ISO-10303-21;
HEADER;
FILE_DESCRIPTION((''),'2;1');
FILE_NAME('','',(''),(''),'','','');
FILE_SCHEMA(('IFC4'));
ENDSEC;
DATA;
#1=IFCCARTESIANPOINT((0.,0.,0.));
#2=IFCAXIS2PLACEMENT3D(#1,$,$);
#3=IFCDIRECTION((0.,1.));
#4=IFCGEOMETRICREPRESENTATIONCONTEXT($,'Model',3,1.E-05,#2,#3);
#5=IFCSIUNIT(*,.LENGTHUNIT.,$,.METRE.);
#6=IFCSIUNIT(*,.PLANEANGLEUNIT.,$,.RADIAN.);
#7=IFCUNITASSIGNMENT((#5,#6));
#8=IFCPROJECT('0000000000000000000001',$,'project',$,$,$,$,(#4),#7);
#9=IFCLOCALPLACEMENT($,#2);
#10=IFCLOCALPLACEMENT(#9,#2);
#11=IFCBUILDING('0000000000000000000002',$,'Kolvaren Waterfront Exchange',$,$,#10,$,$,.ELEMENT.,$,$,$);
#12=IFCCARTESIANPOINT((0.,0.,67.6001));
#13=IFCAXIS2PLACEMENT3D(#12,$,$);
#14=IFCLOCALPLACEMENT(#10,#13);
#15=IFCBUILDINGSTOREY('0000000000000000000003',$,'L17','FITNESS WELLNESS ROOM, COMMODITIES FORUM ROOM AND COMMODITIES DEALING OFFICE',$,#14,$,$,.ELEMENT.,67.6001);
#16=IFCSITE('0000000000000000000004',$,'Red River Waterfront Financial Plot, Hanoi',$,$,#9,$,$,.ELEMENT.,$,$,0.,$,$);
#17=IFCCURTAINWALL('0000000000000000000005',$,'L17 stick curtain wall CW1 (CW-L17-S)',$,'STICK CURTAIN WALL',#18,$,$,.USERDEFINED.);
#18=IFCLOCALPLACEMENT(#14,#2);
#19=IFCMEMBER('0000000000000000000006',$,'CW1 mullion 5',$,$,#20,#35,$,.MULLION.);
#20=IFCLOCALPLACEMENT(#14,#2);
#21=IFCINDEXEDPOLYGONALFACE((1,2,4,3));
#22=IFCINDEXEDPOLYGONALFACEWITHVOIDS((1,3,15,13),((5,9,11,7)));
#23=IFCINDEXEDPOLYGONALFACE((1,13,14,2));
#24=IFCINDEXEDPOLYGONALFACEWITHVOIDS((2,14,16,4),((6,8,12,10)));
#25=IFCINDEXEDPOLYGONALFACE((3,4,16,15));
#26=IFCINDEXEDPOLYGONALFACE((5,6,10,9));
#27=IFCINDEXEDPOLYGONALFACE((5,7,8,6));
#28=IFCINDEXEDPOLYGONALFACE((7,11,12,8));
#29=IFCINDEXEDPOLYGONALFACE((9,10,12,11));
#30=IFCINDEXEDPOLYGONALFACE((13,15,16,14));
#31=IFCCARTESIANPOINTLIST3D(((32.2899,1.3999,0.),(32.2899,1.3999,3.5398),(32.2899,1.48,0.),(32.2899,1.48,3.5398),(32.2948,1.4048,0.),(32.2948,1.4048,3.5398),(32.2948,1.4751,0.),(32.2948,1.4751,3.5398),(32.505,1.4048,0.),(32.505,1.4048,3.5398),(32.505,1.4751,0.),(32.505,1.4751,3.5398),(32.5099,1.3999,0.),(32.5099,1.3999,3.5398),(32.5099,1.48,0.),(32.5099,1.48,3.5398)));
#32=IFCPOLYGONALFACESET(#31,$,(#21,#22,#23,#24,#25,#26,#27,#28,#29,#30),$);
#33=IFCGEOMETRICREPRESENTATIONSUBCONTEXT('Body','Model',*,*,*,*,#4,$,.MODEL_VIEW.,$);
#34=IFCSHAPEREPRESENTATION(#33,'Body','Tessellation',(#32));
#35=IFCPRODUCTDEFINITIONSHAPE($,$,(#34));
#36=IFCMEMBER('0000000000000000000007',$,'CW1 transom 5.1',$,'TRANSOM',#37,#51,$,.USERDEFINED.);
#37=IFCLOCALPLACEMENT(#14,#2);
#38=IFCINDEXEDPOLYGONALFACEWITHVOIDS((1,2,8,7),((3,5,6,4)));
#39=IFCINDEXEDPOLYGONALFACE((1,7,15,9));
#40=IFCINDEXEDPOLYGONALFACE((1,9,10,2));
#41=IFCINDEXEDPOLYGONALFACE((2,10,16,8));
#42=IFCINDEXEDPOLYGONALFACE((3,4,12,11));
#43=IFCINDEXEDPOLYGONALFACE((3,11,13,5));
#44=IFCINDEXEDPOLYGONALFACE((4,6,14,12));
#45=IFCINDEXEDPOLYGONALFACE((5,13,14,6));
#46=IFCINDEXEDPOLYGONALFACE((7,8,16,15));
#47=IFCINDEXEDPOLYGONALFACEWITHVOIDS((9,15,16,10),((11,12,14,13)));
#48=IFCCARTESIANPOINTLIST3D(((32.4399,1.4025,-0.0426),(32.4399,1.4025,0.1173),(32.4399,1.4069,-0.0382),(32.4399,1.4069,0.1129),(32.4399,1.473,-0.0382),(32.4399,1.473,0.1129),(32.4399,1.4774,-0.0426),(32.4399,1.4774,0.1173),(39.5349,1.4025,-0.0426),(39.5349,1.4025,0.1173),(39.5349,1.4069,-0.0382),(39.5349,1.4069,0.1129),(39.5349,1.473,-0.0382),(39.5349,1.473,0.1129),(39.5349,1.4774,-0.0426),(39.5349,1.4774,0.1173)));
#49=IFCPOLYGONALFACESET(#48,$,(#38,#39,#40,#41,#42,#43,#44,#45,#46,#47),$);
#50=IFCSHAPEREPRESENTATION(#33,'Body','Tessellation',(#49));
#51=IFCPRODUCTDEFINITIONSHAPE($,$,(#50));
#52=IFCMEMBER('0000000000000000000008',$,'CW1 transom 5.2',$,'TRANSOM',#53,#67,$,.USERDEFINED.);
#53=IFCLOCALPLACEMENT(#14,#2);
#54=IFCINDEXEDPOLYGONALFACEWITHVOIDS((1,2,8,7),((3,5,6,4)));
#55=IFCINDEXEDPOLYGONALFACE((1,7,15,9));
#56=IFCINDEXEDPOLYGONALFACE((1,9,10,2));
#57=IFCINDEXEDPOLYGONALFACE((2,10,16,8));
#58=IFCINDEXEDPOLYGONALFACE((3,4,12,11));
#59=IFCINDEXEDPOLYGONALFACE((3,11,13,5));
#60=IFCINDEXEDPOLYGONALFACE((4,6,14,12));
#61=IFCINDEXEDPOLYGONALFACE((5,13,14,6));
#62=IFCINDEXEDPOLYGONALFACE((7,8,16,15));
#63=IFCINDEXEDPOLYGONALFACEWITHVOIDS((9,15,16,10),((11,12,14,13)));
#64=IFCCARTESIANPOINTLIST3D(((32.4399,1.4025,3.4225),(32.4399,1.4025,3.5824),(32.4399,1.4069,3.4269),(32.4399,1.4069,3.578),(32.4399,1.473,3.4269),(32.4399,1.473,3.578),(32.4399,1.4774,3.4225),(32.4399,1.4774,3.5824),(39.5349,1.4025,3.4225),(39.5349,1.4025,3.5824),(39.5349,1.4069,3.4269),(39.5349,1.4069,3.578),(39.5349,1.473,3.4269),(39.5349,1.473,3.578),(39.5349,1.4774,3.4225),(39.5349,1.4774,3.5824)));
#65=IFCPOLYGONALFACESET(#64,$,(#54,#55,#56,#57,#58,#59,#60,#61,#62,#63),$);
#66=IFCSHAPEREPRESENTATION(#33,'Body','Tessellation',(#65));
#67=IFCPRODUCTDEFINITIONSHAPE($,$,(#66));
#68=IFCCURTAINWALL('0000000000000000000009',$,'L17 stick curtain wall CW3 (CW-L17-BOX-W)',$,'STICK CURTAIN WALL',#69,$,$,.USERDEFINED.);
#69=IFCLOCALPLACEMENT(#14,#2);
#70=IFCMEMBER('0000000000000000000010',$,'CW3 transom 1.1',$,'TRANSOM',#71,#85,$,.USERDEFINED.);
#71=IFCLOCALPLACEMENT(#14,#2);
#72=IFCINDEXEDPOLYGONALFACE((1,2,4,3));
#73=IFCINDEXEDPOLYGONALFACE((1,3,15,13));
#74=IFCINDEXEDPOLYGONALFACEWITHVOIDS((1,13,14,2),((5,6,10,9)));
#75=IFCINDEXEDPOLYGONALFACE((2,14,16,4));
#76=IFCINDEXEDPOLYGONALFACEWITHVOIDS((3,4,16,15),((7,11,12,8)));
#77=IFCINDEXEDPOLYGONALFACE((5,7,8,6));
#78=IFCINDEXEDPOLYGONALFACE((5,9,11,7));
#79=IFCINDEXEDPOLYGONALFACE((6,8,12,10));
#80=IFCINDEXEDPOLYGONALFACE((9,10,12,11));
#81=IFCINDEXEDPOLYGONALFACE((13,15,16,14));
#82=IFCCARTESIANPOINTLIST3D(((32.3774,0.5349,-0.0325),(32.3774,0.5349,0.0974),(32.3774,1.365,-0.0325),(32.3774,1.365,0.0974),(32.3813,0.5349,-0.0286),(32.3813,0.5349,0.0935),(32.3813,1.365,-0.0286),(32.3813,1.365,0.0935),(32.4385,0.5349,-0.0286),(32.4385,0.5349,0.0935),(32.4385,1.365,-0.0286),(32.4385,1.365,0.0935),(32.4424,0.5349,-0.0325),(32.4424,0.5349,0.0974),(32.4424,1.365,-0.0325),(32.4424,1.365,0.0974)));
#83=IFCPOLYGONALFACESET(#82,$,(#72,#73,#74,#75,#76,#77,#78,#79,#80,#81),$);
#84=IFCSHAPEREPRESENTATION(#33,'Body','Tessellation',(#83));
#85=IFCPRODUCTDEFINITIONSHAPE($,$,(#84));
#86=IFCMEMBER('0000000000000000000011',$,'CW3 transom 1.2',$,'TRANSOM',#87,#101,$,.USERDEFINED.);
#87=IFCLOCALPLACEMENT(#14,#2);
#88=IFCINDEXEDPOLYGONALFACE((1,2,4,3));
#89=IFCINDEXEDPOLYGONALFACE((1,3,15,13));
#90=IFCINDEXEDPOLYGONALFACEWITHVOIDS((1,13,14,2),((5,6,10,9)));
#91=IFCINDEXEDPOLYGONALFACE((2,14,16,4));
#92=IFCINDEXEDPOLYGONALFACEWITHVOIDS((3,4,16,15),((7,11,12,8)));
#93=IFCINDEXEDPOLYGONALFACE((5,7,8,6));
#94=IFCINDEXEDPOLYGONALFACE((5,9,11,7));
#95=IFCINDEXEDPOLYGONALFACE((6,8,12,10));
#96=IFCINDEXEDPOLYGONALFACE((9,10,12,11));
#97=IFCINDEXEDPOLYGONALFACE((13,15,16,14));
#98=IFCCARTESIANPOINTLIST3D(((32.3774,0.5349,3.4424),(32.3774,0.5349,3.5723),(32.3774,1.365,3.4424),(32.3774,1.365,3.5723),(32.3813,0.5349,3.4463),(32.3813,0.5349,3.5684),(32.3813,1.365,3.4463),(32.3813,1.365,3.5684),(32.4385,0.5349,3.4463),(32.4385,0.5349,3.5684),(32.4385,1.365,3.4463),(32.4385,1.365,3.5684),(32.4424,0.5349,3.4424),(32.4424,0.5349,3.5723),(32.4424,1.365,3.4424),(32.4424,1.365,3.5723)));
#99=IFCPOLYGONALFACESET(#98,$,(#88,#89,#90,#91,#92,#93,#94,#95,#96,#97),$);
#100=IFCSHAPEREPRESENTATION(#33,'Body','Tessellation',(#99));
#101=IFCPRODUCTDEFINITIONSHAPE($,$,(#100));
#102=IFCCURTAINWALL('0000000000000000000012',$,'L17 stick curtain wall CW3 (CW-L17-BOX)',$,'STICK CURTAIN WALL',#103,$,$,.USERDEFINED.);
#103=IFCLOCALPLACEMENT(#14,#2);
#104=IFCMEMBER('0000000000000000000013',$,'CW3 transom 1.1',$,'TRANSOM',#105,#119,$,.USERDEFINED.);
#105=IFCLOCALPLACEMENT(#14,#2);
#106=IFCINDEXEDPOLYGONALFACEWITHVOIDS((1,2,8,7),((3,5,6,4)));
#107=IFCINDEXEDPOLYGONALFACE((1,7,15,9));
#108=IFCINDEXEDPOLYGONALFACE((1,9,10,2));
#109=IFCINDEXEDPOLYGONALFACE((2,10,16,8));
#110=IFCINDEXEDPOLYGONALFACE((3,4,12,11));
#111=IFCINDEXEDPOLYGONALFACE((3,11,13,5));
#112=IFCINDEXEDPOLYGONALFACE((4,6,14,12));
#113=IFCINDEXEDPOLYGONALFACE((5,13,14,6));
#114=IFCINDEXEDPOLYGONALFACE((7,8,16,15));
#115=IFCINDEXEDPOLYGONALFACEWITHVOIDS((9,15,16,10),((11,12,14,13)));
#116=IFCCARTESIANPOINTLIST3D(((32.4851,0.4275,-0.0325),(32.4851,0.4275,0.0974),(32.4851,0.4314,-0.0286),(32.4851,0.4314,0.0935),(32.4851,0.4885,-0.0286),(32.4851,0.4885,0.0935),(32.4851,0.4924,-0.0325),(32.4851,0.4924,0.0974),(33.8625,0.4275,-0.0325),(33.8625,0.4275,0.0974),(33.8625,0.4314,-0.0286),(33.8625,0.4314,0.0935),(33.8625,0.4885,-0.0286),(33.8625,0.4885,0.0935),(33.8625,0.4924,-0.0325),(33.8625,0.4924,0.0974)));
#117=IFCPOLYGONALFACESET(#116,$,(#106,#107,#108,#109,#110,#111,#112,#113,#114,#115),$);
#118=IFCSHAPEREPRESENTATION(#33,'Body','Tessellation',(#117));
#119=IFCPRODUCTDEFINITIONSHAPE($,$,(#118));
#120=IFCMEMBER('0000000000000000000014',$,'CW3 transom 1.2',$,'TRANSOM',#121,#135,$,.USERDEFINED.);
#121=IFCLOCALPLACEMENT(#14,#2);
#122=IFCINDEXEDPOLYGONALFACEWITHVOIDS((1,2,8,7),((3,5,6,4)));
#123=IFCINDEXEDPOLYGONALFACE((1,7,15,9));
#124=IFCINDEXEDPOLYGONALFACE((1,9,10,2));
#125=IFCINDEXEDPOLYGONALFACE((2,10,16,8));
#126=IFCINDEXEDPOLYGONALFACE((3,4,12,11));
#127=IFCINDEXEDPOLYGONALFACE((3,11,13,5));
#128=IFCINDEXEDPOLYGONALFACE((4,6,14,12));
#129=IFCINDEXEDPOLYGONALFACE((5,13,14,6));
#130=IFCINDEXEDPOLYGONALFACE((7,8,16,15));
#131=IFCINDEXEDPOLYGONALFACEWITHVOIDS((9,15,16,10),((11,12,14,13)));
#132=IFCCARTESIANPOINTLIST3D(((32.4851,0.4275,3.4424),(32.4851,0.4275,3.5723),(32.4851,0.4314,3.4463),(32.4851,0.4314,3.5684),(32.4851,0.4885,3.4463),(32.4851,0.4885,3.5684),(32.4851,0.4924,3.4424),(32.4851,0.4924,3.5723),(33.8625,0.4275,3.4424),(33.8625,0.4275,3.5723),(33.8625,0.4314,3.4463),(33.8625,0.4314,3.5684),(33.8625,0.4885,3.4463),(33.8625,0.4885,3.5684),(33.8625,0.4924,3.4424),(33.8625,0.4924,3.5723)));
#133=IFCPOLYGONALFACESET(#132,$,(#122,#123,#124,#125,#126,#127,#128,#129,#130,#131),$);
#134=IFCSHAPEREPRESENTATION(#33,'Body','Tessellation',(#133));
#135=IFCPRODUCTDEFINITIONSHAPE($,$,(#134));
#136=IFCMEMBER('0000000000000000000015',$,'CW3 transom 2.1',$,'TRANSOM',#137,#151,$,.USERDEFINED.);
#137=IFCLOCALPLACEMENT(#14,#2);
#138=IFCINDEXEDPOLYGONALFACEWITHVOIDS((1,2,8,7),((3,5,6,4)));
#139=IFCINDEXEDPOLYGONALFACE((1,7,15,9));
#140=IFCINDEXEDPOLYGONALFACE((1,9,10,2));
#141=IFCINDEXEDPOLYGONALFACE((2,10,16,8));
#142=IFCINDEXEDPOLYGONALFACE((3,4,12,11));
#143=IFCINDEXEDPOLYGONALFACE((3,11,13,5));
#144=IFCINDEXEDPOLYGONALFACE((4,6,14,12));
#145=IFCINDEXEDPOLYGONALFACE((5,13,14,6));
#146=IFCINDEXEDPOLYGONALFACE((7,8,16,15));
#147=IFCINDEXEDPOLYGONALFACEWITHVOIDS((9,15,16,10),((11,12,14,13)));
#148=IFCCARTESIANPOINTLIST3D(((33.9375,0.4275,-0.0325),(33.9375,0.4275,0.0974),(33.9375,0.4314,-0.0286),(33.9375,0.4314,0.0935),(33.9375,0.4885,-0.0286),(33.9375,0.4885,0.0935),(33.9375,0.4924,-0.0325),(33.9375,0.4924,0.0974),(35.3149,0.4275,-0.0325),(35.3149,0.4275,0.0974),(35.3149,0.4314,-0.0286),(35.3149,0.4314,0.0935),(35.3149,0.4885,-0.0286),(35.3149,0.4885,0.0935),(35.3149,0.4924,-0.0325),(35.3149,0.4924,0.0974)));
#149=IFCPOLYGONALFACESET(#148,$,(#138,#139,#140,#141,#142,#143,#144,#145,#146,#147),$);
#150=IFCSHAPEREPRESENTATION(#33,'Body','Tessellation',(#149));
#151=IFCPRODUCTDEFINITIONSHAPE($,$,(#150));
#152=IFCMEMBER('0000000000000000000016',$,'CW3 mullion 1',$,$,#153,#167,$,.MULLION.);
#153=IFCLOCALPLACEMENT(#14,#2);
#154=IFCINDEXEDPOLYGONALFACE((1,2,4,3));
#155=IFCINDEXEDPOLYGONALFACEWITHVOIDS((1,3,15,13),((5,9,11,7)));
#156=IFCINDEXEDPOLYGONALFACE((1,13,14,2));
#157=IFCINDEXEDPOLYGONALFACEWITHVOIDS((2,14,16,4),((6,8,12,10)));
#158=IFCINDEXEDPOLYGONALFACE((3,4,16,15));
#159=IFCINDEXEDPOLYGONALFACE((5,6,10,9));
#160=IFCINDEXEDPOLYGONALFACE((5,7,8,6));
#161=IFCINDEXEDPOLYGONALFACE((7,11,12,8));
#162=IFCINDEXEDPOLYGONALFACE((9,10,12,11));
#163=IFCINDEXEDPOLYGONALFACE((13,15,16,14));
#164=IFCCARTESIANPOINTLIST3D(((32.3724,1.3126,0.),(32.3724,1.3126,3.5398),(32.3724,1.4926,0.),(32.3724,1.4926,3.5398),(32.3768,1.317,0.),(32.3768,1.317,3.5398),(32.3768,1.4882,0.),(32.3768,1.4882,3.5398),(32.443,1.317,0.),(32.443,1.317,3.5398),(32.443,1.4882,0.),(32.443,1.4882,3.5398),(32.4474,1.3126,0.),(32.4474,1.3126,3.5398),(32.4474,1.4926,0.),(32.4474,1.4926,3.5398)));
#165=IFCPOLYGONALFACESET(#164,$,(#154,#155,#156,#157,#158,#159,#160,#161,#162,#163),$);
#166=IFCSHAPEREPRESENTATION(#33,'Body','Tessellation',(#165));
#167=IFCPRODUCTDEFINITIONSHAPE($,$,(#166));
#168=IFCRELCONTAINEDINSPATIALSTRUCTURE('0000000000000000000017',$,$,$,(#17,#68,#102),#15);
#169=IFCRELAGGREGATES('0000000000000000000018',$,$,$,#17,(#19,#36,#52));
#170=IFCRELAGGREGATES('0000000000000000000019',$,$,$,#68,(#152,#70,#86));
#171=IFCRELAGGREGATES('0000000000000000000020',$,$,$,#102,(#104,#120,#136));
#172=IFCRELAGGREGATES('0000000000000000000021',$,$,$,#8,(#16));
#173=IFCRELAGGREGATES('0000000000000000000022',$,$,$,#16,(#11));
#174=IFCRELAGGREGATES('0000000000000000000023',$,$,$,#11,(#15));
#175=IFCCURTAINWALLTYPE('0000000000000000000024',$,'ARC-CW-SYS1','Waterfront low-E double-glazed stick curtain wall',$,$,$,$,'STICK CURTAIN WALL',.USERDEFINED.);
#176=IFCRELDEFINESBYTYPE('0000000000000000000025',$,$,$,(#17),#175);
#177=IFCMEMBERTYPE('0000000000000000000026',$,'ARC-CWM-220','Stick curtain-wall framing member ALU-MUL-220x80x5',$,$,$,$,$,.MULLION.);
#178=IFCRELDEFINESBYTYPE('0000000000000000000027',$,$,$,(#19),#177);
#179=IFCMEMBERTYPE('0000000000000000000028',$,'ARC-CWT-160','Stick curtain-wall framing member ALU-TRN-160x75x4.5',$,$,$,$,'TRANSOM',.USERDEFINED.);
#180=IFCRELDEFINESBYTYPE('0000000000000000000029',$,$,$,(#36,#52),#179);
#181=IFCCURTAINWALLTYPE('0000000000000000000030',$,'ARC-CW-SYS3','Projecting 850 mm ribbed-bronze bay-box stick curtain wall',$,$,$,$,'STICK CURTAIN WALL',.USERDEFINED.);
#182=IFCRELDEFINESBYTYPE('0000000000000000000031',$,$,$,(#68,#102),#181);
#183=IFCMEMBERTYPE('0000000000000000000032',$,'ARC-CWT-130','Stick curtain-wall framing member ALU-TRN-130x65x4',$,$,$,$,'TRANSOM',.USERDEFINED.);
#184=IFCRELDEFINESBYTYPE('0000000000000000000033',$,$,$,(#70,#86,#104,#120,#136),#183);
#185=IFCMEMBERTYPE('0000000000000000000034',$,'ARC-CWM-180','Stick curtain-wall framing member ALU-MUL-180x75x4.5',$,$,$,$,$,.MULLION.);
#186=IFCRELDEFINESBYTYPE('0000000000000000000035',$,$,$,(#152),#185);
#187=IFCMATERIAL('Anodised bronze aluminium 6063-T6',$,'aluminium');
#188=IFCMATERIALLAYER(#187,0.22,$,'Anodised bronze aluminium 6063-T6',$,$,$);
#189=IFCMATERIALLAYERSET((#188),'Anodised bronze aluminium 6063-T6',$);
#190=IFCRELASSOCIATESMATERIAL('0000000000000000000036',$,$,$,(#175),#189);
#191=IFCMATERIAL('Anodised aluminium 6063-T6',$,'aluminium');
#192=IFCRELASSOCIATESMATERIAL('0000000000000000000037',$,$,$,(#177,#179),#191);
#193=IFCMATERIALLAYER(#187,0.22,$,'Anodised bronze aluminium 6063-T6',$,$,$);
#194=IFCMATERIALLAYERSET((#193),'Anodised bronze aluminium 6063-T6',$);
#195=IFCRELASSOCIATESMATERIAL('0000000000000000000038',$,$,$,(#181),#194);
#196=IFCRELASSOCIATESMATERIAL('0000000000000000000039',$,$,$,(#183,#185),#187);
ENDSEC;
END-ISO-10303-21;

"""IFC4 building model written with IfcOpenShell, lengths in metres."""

from ifc_helpers import new_model, si_unit, direction, frame, origin, origin_with_axes, origin_2d, place, context, subcontext, project, spatial, hollow_rectangle, extrude, source, transform, mapped, material, layer, layer_set, material_profile, profile_set, type_object, element, aggregate, save


model = new_model("IFC4")

# Units and contexts
model_context = context("Model", 3, precision=1e-05, world=origin(), true_north=direction((0.0, 1.0)))
body_context = subcontext(model_context, "Body", "Model", "MODEL_VIEW")
ifc_project = project(units=[si_unit("LENGTHUNIT", "METRE"), si_unit("PLANEANGLEUNIT", "RADIAN")], contexts=[model_context])

# Site, building, storey
site_placement = place(None, origin())
site = spatial("IfcSite", under=ifc_project, at=site_placement, Name="Red River Waterfront Financial Plot, Hanoi", CompositionType="ELEMENT", RefElevation=0.0)
building_placement = place(site_placement, origin())
building = spatial("IfcBuilding", under=site, at=building_placement, Name="Kolvaren Waterfront Exchange", CompositionType="ELEMENT")
storey_placement = place(building_placement, frame((0.0, 0.0, 67.6001)))
storey = spatial("IfcBuildingStorey", under=building, at=storey_placement, Name="L17", Description="FITNESS WELLNESS ROOM, COMMODITIES FORUM ROOM AND COMMODITIES DEALING OFFICE", CompositionType="ELEMENT", Elevation=67.6001)

# Curtain walls, members
ifc_material_1 = material(Name="Anodised bronze aluminium 6063-T6", Category="aluminium")
ifc_layer_1 = layer(ifc_material_1, 0.22, Name="Anodised bronze aluminium 6063-T6")
ifc_layer_set_1 = layer_set([ifc_layer_1], Name="Anodised bronze aluminium 6063-T6")
curtain_wall_type_1 = type_object("IfcCurtainWallType", Name="ARC-CW-SYS1", Description="Waterfront low-E double-glazed stick curtain wall", ElementType="STICK CURTAIN WALL", PredefinedType="USERDEFINED", material=ifc_layer_set_1)
curtain_wall_1_placement = place(storey_placement, origin())
curtain_wall_1 = element("IfcCurtainWall", 1, at=curtain_wall_1_placement, inside=storey, type_object=curtain_wall_type_1, Name="L17 stick curtain wall CW1 (CW-L17-S)", ObjectType="STICK CURTAIN WALL", PredefinedType="USERDEFINED")
ifc_material_2 = material(Name="Anodised aluminium 6063-T6", Category="aluminium")
ifc_material_profile_1 = material_profile(ifc_material_2, hollow_rectangle(XDim=0.0801, YDim=0.22, WallThickness=0.0049, at=origin_2d()), Name="ALU-MUL-220x80x5")
ifc_profile_set_1 = profile_set([ifc_material_profile_1], Name="Anodised aluminium 6063-T6")
member_type_1 = type_object("IfcMemberType", Name="ARC-CWM-220", Description="Stick curtain-wall framing member ALU-MUL-220x80x5", PredefinedType="MULLION", material=ifc_profile_set_1)
shared_shape_1 = source(origin_with_axes(), body_context, "Body", "SweptSolid", [
    extrude(hollow_rectangle(XDim=0.0801, YDim=0.22, WallThickness=0.0049, at=origin_2d()), origin(), (0.0, 0.0, 1.0), 3.5398),
])
member_1_placement = place(storey_placement, frame((32.3999, 1.4399, 0.0), z_axis=(0.0, 0.0, 1.0), x_axis=(0.0, 1.0, 0.0)))
member_1 = element("IfcMember", 2, at=member_1_placement, type_object=member_type_1, Name="CW1 mullion 5", PredefinedType="MULLION", context=body_context, shape_type="MappedRepresentation", body=[
    mapped(shared_shape_1, transform((0.0, 0.0, 0.0), x_axis=(1.0, 0.0, 0.0), y_axis=(0.0, 1.0, 0.0), z_axis=(0.0, 0.0, 1.0), scale=1.0)),
])
ifc_material_profile_2 = material_profile(ifc_material_2, hollow_rectangle(XDim=0.075, YDim=0.1599, WallThickness=0.0044, at=origin_2d()), Name="ALU-TRN-160x75x4.5")
ifc_profile_set_2 = profile_set([ifc_material_profile_2], Name="Anodised aluminium 6063-T6")
member_type_2 = type_object("IfcMemberType", Name="ARC-CWT-160", Description="Stick curtain-wall framing member ALU-TRN-160x75x4.5", ElementType="TRANSOM", PredefinedType="USERDEFINED", material=ifc_profile_set_2)
shared_shape_2 = source(origin_with_axes(), body_context, "Body", "SweptSolid", [
    extrude(hollow_rectangle(XDim=0.075, YDim=0.1599, WallThickness=0.0044, at=origin_2d()), origin(), (0.0, 0.0, 1.0), 7.095),
])
member_2_placement = place(storey_placement, frame((32.4399, 1.4399, 0.0374), z_axis=(1.0, 0.0, 0.0), x_axis=(0.0, 1.0, 0.0)))
member_2 = element("IfcMember", 3, at=member_2_placement, type_object=member_type_2, Name="CW1 transom 5.1", ObjectType="TRANSOM", PredefinedType="USERDEFINED", context=body_context, shape_type="MappedRepresentation", body=[
    mapped(shared_shape_2, transform((0.0, 0.0, 0.0), x_axis=(1.0, 0.0, 0.0), y_axis=(0.0, 1.0, 0.0), z_axis=(0.0, 0.0, 1.0), scale=1.0)),
])
member_3_placement = place(storey_placement, frame((32.4399, 1.4399, 3.5024), z_axis=(1.0, 0.0, 0.0), x_axis=(0.0, 1.0, 0.0)))
member_3 = element("IfcMember", 4, at=member_3_placement, type_object=member_type_2, Name="CW1 transom 5.2", ObjectType="TRANSOM", PredefinedType="USERDEFINED", context=body_context, shape_type="MappedRepresentation", body=[
    mapped(shared_shape_2, transform((0.0, 0.0, 0.0), x_axis=(1.0, 0.0, 0.0), y_axis=(0.0, 1.0, 0.0), z_axis=(0.0, 0.0, 1.0), scale=1.0)),
])
aggregate(curtain_wall_1, [member_1, member_2, member_3])
ifc_layer_2 = layer(ifc_material_1, 0.22, Name="Anodised bronze aluminium 6063-T6")
ifc_layer_set_2 = layer_set([ifc_layer_2], Name="Anodised bronze aluminium 6063-T6")
curtain_wall_type_2 = type_object("IfcCurtainWallType", Name="ARC-CW-SYS3", Description="Projecting 850 mm ribbed-bronze bay-box stick curtain wall", ElementType="STICK CURTAIN WALL", PredefinedType="USERDEFINED", material=ifc_layer_set_2)
curtain_wall_2_placement = place(storey_placement, origin())
curtain_wall_2 = element("IfcCurtainWall", 5, at=curtain_wall_2_placement, inside=storey, type_object=curtain_wall_type_2, Name="L17 stick curtain wall CW3 (CW-L17-BOX-W)", ObjectType="STICK CURTAIN WALL", PredefinedType="USERDEFINED")
ifc_material_profile_3 = material_profile(ifc_material_1, hollow_rectangle(XDim=0.0649, YDim=0.1299, WallThickness=0.0039, at=origin_2d()), Name="ALU-TRN-130x65x4")
ifc_profile_set_3 = profile_set([ifc_material_profile_3], Name="Anodised bronze aluminium 6063-T6")
member_type_3 = type_object("IfcMemberType", Name="ARC-CWT-130", Description="Stick curtain-wall framing member ALU-TRN-130x65x4", ElementType="TRANSOM", PredefinedType="USERDEFINED", material=ifc_profile_set_3)
shared_shape_3 = source(origin_with_axes(), body_context, "Body", "SweptSolid", [
    extrude(hollow_rectangle(XDim=0.0649, YDim=0.1299, WallThickness=0.0039, at=origin_2d()), origin(), (0.0, 0.0, 1.0), 0.8301),
])
member_4_placement = place(storey_placement, frame((32.4099, 1.365, 0.0325), z_axis=(0.0, -1.0, 0.0), x_axis=(1.0, 0.0, 0.0)))
member_4 = element("IfcMember", 6, at=member_4_placement, type_object=member_type_3, Name="CW3 transom 1.1", ObjectType="TRANSOM", PredefinedType="USERDEFINED", context=body_context, shape_type="MappedRepresentation", body=[
    mapped(shared_shape_3, transform((0.0, 0.0, 0.0), x_axis=(1.0, 0.0, 0.0), y_axis=(0.0, 1.0, 0.0), z_axis=(0.0, 0.0, 1.0), scale=1.0)),
])
member_5_placement = place(storey_placement, frame((32.4099, 1.365, 3.5073), z_axis=(0.0, -1.0, 0.0), x_axis=(1.0, 0.0, 0.0)))
member_5 = element("IfcMember", 7, at=member_5_placement, type_object=member_type_3, Name="CW3 transom 1.2", ObjectType="TRANSOM", PredefinedType="USERDEFINED", context=body_context, shape_type="MappedRepresentation", body=[
    mapped(shared_shape_3, transform((0.0, 0.0, 0.0), x_axis=(1.0, 0.0, 0.0), y_axis=(0.0, 1.0, 0.0), z_axis=(0.0, 0.0, 1.0), scale=1.0)),
])
curtain_wall_3_placement = place(storey_placement, origin())
curtain_wall_3 = element("IfcCurtainWall", 8, at=curtain_wall_3_placement, inside=storey, type_object=curtain_wall_type_2, Name="L17 stick curtain wall CW3 (CW-L17-BOX)", ObjectType="STICK CURTAIN WALL", PredefinedType="USERDEFINED")
shared_shape_4 = source(origin_with_axes(), body_context, "Body", "SweptSolid", [
    extrude(hollow_rectangle(XDim=0.0649, YDim=0.1299, WallThickness=0.0039, at=origin_2d()), origin(), (0.0, 0.0, 1.0), 1.3774),
])
member_6_placement = place(storey_placement, frame((32.4851, 0.46, 0.0325), z_axis=(1.0, 0.0, 0.0), x_axis=(0.0, 1.0, 0.0)))
member_6 = element("IfcMember", 9, at=member_6_placement, type_object=member_type_3, Name="CW3 transom 1.1", ObjectType="TRANSOM", PredefinedType="USERDEFINED", context=body_context, shape_type="MappedRepresentation", body=[
    mapped(shared_shape_4, transform((0.0, 0.0, 0.0), x_axis=(1.0, 0.0, 0.0), y_axis=(0.0, 1.0, 0.0), z_axis=(0.0, 0.0, 1.0), scale=1.0)),
])
member_7_placement = place(storey_placement, frame((32.4851, 0.46, 3.5073), z_axis=(1.0, 0.0, 0.0), x_axis=(0.0, 1.0, 0.0)))
member_7 = element("IfcMember", 10, at=member_7_placement, type_object=member_type_3, Name="CW3 transom 1.2", ObjectType="TRANSOM", PredefinedType="USERDEFINED", context=body_context, shape_type="MappedRepresentation", body=[
    mapped(shared_shape_4, transform((0.0, 0.0, 0.0), x_axis=(1.0, 0.0, 0.0), y_axis=(0.0, 1.0, 0.0), z_axis=(0.0, 0.0, 1.0), scale=1.0)),
])
member_8_placement = place(storey_placement, frame((33.9375, 0.46, 0.0325), z_axis=(1.0, 0.0, 0.0), x_axis=(0.0, 1.0, 0.0)))
member_8 = element("IfcMember", 11, at=member_8_placement, type_object=member_type_3, Name="CW3 transom 2.1", ObjectType="TRANSOM", PredefinedType="USERDEFINED", context=body_context, shape_type="MappedRepresentation", body=[
    mapped(shared_shape_4, transform((0.0, 0.0, 0.0), x_axis=(1.0, 0.0, 0.0), y_axis=(0.0, 1.0, 0.0), z_axis=(0.0, 0.0, 1.0), scale=1.0)),
])

# Member
ifc_material_profile_4 = material_profile(ifc_material_1, hollow_rectangle(XDim=0.075, YDim=0.1799, WallThickness=0.0044, at=origin_2d()), Name="ALU-MUL-180x75x4.5")
ifc_profile_set_4 = profile_set([ifc_material_profile_4], Name="Anodised bronze aluminium 6063-T6")
member_type_4 = type_object("IfcMemberType", Name="ARC-CWM-180", Description="Stick curtain-wall framing member ALU-MUL-180x75x4.5", PredefinedType="MULLION", material=ifc_profile_set_4)
shared_shape_5 = source(origin_with_axes(), body_context, "Body", "SweptSolid", [
    extrude(hollow_rectangle(XDim=0.075, YDim=0.1799, WallThickness=0.0044, at=origin_2d()), origin(), (0.0, 0.0, 1.0), 3.5398),
])
member_9_placement = place(storey_placement, frame((32.4099, 1.4026, 0.0), z_axis=(0.0, 0.0, 1.0), x_axis=(1.0, 0.0, 0.0)))
member_9 = element("IfcMember", 12, at=member_9_placement, type_object=member_type_4, Name="CW3 mullion 1", PredefinedType="MULLION", context=body_context, shape_type="MappedRepresentation", body=[
    mapped(shared_shape_5, transform((0.0, 0.0, 0.0), x_axis=(1.0, 0.0, 0.0), y_axis=(0.0, 1.0, 0.0), z_axis=(0.0, 0.0, 1.0), scale=1.0)),
])

aggregate(curtain_wall_2, [member_9, member_4, member_5])
aggregate(curtain_wall_3, [member_6, member_7, member_8])

save(model, "model.ifc")
